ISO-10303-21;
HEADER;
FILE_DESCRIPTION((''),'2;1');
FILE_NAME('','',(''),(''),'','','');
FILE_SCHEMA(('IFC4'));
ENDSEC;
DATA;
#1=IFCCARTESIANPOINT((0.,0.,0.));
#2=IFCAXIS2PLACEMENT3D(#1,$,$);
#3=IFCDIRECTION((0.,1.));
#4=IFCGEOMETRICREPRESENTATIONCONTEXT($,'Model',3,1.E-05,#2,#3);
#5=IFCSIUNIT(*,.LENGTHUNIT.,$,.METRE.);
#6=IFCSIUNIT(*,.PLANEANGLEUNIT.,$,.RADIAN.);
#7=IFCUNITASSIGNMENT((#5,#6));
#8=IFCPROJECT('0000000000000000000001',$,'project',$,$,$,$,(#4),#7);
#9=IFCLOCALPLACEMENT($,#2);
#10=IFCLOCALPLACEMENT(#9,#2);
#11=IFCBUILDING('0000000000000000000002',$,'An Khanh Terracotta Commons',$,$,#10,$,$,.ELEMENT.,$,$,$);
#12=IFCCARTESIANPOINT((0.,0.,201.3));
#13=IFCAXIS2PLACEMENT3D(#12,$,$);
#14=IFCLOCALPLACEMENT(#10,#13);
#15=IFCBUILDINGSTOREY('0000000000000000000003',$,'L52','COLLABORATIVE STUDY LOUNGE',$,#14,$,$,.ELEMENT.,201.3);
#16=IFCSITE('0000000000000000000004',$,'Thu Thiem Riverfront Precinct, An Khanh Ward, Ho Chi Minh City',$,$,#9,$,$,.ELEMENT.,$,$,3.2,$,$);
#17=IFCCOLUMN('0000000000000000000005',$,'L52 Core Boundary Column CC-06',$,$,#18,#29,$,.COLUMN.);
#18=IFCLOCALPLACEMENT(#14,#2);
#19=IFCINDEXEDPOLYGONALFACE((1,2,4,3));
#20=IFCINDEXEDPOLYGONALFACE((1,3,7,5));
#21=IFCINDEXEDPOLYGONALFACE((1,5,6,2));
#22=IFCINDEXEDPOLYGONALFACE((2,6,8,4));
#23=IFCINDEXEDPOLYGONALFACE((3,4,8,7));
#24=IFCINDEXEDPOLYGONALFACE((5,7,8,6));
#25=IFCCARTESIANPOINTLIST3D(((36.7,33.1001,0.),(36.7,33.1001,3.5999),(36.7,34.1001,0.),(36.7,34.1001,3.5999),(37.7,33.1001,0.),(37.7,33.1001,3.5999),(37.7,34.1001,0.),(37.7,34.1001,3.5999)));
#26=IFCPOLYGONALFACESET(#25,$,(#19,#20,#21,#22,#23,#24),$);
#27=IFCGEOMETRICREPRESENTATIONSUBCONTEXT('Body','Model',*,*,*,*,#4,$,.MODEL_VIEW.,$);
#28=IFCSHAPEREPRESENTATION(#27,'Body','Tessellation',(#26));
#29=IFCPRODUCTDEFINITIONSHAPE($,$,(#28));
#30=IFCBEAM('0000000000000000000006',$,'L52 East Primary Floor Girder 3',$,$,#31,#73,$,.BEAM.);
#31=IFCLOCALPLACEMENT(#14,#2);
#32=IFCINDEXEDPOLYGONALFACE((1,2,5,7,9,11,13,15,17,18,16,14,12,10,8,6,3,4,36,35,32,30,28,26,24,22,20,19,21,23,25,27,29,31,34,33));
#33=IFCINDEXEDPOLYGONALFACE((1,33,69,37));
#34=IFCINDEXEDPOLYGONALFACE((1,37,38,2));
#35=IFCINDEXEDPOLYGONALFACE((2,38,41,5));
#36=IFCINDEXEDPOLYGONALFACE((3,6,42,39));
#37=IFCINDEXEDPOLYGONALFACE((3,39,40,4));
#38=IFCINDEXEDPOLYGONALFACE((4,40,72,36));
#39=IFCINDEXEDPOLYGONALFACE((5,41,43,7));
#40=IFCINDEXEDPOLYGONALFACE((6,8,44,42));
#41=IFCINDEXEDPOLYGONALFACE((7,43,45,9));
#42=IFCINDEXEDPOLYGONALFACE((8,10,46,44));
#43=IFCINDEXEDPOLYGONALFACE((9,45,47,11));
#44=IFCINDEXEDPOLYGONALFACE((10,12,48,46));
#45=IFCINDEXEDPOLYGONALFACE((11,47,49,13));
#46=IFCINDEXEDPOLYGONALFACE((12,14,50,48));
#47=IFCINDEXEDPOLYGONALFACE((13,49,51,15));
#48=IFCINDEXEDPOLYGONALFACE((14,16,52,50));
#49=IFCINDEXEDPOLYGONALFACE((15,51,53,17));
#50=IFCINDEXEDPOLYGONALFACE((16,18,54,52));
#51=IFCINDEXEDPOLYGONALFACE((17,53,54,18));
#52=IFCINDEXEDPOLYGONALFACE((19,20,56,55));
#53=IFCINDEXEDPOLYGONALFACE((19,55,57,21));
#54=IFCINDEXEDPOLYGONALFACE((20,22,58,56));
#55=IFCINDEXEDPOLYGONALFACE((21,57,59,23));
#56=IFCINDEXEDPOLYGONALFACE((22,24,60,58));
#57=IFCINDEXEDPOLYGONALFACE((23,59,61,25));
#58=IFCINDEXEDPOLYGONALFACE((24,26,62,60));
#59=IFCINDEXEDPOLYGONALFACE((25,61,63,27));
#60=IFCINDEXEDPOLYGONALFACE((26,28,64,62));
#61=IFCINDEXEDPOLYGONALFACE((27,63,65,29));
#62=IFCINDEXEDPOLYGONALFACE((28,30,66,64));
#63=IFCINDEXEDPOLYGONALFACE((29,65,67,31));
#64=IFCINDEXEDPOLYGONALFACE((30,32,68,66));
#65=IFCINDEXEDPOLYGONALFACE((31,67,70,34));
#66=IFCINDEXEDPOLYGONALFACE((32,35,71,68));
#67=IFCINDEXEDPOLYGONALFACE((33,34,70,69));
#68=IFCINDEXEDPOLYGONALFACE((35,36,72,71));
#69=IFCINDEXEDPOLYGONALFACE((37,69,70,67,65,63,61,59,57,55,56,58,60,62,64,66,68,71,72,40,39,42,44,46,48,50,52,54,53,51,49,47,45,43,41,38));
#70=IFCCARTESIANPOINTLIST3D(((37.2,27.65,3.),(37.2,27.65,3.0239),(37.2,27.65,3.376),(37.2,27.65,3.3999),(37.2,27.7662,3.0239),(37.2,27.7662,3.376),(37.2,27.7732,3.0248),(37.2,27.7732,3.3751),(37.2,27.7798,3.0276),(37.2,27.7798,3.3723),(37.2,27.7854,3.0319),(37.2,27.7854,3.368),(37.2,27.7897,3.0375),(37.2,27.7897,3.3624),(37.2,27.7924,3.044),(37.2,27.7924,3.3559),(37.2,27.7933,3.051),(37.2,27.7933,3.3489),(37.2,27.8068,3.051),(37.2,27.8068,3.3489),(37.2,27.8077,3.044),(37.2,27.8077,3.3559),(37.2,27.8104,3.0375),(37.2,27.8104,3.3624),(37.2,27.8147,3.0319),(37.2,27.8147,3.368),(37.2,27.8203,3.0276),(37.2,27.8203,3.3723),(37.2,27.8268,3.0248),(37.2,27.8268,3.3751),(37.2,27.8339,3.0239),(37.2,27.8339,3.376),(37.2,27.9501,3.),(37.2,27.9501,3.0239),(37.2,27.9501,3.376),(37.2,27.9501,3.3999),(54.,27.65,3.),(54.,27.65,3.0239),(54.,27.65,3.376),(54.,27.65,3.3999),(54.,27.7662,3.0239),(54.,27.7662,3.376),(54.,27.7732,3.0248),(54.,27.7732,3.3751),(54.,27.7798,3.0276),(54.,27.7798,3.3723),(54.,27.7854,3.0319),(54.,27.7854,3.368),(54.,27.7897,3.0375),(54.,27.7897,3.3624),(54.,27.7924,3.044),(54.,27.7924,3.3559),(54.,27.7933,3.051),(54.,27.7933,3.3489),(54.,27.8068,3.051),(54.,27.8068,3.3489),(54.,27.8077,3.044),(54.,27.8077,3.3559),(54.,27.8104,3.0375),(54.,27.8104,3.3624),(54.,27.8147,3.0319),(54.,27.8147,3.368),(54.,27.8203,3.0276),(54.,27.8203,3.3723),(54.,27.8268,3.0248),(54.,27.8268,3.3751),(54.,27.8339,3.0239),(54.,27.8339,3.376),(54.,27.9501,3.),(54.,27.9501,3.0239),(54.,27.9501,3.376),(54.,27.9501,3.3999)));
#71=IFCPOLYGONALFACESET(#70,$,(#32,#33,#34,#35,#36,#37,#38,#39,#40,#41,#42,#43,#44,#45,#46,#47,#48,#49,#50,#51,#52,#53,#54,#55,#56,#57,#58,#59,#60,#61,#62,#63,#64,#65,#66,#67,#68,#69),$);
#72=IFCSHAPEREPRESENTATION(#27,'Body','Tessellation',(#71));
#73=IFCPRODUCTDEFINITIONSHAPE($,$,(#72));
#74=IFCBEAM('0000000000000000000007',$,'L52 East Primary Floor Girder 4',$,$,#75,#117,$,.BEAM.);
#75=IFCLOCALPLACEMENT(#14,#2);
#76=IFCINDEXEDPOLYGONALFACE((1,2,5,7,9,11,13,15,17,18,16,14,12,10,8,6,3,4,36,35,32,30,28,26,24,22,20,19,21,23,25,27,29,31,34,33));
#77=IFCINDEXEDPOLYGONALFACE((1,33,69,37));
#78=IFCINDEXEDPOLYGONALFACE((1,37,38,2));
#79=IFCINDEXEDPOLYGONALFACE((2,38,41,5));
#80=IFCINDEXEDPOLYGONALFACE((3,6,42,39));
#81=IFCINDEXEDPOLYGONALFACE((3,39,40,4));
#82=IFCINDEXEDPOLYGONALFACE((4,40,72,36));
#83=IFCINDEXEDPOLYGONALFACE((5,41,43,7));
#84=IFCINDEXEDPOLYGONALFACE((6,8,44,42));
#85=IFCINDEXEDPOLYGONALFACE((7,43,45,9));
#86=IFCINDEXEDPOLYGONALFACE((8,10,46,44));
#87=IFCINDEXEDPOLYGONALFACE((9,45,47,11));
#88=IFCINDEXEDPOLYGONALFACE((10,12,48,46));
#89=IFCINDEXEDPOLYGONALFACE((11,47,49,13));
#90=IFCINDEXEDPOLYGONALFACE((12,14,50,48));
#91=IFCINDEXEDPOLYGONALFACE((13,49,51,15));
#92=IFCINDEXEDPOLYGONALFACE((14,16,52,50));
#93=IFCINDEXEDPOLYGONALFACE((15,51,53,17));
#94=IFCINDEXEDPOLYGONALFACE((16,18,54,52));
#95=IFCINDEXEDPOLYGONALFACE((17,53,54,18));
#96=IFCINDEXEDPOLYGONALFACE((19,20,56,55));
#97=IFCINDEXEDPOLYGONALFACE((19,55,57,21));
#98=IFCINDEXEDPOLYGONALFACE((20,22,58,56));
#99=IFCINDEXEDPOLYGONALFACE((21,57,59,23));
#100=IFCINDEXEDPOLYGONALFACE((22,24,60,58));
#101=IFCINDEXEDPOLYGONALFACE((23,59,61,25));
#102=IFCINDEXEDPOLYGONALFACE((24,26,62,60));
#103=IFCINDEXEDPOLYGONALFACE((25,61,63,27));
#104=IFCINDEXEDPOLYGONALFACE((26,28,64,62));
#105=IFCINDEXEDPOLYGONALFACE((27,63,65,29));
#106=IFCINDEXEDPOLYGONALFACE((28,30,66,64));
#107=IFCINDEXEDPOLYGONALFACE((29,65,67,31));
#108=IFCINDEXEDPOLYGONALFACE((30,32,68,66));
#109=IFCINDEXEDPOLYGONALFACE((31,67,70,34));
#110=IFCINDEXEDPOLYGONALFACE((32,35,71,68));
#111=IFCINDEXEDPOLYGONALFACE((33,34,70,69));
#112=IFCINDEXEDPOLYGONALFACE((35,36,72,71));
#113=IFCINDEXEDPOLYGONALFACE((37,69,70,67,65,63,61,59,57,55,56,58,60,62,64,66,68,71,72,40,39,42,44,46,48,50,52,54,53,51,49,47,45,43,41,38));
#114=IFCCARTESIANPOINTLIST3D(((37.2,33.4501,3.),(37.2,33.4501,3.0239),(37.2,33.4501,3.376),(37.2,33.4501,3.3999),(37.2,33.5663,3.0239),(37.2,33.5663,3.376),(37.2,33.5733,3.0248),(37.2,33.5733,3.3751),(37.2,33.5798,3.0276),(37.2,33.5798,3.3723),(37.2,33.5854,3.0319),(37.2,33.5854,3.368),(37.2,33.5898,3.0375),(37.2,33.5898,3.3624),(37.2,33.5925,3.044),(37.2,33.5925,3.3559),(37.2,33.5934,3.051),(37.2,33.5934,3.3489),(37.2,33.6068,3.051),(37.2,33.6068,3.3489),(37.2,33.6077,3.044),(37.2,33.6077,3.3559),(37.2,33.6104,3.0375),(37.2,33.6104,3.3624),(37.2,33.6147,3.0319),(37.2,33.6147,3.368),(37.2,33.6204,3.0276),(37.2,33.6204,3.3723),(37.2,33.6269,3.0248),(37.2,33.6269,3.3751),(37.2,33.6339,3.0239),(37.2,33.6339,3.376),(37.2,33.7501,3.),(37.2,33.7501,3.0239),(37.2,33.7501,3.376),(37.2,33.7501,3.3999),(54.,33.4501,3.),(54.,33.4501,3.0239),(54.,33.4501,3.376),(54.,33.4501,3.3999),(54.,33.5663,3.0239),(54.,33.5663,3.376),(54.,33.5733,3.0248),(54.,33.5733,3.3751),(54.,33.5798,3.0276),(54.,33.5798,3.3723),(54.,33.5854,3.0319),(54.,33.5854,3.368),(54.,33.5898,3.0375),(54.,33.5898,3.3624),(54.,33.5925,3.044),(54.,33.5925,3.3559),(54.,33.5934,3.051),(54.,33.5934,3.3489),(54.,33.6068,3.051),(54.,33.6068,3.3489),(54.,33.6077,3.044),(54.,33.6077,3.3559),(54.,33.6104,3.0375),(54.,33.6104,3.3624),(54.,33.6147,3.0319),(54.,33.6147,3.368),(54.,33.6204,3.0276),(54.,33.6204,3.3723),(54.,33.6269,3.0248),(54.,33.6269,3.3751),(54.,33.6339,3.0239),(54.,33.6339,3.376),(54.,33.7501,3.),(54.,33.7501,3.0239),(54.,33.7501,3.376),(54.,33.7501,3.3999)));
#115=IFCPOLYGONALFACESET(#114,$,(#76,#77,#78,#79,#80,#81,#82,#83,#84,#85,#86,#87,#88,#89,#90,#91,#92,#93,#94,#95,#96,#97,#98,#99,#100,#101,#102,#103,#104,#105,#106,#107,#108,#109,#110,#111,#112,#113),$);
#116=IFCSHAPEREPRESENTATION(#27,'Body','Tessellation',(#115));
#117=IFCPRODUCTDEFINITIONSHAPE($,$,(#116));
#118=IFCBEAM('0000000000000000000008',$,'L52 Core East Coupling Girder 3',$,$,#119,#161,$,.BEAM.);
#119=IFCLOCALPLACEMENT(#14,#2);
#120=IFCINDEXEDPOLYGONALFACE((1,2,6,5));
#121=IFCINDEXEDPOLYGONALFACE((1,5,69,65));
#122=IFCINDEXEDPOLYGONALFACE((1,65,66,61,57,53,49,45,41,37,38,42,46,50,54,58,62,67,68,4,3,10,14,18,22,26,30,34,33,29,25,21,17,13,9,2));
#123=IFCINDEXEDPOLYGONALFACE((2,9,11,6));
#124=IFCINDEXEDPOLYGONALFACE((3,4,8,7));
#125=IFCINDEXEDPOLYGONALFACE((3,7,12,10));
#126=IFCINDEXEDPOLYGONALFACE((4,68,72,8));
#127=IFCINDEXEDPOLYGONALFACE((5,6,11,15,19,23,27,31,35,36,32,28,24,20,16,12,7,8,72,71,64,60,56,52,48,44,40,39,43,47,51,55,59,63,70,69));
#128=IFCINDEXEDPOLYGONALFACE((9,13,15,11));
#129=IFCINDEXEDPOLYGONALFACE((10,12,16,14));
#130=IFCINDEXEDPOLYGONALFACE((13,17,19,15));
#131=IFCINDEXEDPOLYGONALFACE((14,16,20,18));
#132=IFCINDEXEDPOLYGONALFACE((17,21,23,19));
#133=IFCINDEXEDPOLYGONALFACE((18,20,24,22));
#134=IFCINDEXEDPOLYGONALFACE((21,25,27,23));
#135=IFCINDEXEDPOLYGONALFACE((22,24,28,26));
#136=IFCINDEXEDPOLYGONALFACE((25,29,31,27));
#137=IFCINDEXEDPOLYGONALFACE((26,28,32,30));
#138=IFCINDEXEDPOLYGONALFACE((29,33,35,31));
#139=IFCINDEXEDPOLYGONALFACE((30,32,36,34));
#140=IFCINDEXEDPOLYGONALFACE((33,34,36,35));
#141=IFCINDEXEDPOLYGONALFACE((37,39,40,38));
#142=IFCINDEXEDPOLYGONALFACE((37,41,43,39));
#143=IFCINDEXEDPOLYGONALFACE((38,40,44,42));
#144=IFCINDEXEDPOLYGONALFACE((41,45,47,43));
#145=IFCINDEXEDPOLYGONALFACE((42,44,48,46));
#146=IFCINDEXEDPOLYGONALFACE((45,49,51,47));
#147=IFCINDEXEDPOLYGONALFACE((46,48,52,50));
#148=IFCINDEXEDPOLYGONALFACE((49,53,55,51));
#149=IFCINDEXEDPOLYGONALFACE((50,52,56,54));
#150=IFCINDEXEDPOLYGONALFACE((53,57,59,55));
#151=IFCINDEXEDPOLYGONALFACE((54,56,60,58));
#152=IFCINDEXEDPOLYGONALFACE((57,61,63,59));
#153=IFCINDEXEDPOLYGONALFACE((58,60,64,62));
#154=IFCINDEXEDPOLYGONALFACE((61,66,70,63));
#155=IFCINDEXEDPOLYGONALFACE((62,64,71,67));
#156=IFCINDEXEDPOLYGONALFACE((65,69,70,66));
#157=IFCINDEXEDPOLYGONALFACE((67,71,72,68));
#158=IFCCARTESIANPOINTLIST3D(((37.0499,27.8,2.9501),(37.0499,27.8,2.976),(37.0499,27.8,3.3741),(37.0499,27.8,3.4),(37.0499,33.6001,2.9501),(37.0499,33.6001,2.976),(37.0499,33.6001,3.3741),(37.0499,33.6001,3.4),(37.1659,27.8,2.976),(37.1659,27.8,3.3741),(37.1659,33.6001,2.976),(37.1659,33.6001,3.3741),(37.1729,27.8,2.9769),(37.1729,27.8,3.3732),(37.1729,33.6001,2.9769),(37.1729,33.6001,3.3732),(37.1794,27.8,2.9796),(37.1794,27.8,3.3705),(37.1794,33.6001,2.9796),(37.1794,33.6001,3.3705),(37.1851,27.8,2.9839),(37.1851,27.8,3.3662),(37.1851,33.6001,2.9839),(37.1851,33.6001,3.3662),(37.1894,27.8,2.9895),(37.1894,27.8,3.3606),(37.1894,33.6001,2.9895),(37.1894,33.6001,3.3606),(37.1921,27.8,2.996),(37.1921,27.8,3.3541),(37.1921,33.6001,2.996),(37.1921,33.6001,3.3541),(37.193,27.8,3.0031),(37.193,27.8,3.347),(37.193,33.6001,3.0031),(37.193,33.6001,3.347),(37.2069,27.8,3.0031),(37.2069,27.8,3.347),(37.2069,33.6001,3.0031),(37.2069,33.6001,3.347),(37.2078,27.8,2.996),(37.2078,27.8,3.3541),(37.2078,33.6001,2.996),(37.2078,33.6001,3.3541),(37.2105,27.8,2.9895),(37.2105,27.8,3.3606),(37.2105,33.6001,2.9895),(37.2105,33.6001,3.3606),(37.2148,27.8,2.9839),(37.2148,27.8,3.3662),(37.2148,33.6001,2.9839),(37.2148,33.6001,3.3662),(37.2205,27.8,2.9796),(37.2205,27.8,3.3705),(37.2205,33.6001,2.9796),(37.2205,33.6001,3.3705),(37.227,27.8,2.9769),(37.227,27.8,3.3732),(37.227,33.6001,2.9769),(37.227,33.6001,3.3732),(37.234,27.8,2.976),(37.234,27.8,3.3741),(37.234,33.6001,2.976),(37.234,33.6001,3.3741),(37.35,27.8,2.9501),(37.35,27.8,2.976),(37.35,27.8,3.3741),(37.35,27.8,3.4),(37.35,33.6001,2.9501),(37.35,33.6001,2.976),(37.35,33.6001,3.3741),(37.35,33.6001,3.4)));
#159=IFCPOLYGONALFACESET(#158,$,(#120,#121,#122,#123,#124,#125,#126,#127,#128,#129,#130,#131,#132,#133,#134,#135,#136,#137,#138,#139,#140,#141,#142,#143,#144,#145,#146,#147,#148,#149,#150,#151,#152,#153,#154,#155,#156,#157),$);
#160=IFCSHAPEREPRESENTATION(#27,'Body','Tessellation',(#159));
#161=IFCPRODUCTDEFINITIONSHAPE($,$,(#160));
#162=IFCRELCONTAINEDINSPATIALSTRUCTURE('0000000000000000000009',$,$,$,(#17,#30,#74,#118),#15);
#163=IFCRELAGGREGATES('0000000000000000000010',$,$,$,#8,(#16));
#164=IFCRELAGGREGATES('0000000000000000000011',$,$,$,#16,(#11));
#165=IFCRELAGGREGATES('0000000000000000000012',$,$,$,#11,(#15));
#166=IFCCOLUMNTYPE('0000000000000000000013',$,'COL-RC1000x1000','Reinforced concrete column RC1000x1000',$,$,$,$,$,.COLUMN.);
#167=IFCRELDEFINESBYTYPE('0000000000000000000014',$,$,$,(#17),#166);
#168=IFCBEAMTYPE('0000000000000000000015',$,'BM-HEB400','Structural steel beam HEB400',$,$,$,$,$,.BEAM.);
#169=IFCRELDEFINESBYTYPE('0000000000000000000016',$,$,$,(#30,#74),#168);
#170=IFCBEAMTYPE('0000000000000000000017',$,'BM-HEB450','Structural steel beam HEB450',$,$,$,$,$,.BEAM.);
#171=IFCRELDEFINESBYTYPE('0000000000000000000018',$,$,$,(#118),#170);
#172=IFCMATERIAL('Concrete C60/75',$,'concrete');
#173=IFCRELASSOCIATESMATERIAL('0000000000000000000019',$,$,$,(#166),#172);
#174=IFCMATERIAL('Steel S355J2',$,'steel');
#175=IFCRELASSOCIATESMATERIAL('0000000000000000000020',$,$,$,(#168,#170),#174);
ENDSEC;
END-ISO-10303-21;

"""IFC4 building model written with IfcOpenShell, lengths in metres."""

from ifc_helpers import new_model, si_unit, direction, frame, origin, origin_2d, place, context, subcontext, project, spatial, rectangle, i_section, extrude, material, material_profile, profile_set, type_object, element, save


model = new_model("IFC4")

# Units and contexts
model_context = context("Model", 3, precision=1e-05, world=origin(), true_north=direction((0.0, 1.0)))
body_context = subcontext(model_context, "Body", "Model", "MODEL_VIEW")
ifc_project = project(units=[si_unit("LENGTHUNIT", "METRE"), si_unit("PLANEANGLEUNIT", "RADIAN")], contexts=[model_context])

# Site, building, storey
site_placement = place(None, origin())
site = spatial("IfcSite", under=ifc_project, at=site_placement, Name="Thu Thiem Riverfront Precinct, An Khanh Ward, Ho Chi Minh City", CompositionType="ELEMENT", RefElevation=3.2)
building_placement = place(site_placement, origin())
building = spatial("IfcBuilding", under=site, at=building_placement, Name="An Khanh Terracotta Commons", CompositionType="ELEMENT")
storey_placement = place(building_placement, frame((0.0, 0.0, 201.3)))
storey = spatial("IfcBuildingStorey", under=building, at=storey_placement, Name="L52", Description="COLLABORATIVE STUDY LOUNGE", CompositionType="ELEMENT", Elevation=201.3)

# Column
ifc_material_1 = material(Name="Concrete C60/75", Category="concrete")
ifc_material_profile_1 = material_profile(ifc_material_1, rectangle(XDim=1.0, YDim=1.0, at=origin_2d()), Name="RC1000x1000")
ifc_profile_set_1 = profile_set([ifc_material_profile_1], Name="Concrete C60/75")
column_type = type_object("IfcColumnType", Name="COL-RC1000x1000", Description="Reinforced concrete column RC1000x1000", PredefinedType="COLUMN", material=ifc_profile_set_1)
column_placement = place(storey_placement, frame((37.2, 33.6001, 0.0), z_axis=(0.0, 0.0, 1.0), x_axis=(1.0, 0.0, 0.0)))
element("IfcColumn", 1, at=column_placement, inside=storey, type_object=column_type, Name="L52 Core Boundary Column CC-06", PredefinedType="COLUMN", context=body_context, shape_type="SweptSolid", body=[
    extrude(rectangle(XDim=1.0, YDim=1.0, at=origin_2d()), origin(), (0.0, 0.0, 1.0), 3.5999),
])

# Beams
ifc_material_2 = material(Name="Steel S355J2", Category="steel")
ifc_material_profile_2 = material_profile(ifc_material_2, i_section(OverallWidth=0.3, OverallDepth=0.3999, WebThickness=0.0134, FlangeThickness=0.0239, FilletRadius=0.0271, at=origin_2d()), Name="HEB400")
ifc_profile_set_2 = profile_set([ifc_material_profile_2], Name="Steel S355J2")
beam_type_1 = type_object("IfcBeamType", Name="BM-HEB400", Description="Structural steel beam HEB400", PredefinedType="BEAM", material=ifc_profile_set_2)
for number, where, z_axis, x_axis, name in (
    (2, (37.2, 27.8, 3.2), (1.0, 0.0, 0.0), (0.0, 1.0, 0.0), "L52 East Primary Floor Girder 3"),
    (3, (37.2, 33.6001, 3.2), (1.0, 0.0, 0.0), (0.0, 1.0, 0.0), "L52 East Primary Floor Girder 4"),
):
    element("IfcBeam", number, at=place(storey_placement, frame(where, z_axis=z_axis, x_axis=x_axis)), inside=storey, type_object=beam_type_1, Name=name, PredefinedType="BEAM", context=body_context, shape_type="SweptSolid", body=[
        extrude(i_section(OverallWidth=0.3, OverallDepth=0.3999, WebThickness=0.0134, FlangeThickness=0.0239, FilletRadius=0.0271, at=origin_2d()), origin(), (0.0, 0.0, 1.0), 16.8),
    ])
ifc_material_profile_3 = material_profile(ifc_material_2, i_section(OverallWidth=0.3, OverallDepth=0.45, WebThickness=0.0139, FlangeThickness=0.0259, FilletRadius=0.0271, at=origin_2d()), Name="HEB450")
ifc_profile_set_3 = profile_set([ifc_material_profile_3], Name="Steel S355J2")
beam_type_2 = type_object("IfcBeamType", Name="BM-HEB450", Description="Structural steel beam HEB450", PredefinedType="BEAM", material=ifc_profile_set_3)
beam_placement = place(storey_placement, frame((37.2, 27.8, 3.175), z_axis=(0.0, 1.0, 0.0), x_axis=(-1.0, 0.0, 0.0)))
element("IfcBeam", 4, at=beam_placement, inside=storey, type_object=beam_type_2, Name="L52 Core East Coupling Girder 3", PredefinedType="BEAM", context=body_context, shape_type="SweptSolid", body=[
    extrude(i_section(OverallWidth=0.3, OverallDepth=0.45, WebThickness=0.0139, FlangeThickness=0.0259, FilletRadius=0.0271, at=origin_2d()), origin(), (0.0, 0.0, 1.0), 5.8),
])

save(model, "model.ifc")
